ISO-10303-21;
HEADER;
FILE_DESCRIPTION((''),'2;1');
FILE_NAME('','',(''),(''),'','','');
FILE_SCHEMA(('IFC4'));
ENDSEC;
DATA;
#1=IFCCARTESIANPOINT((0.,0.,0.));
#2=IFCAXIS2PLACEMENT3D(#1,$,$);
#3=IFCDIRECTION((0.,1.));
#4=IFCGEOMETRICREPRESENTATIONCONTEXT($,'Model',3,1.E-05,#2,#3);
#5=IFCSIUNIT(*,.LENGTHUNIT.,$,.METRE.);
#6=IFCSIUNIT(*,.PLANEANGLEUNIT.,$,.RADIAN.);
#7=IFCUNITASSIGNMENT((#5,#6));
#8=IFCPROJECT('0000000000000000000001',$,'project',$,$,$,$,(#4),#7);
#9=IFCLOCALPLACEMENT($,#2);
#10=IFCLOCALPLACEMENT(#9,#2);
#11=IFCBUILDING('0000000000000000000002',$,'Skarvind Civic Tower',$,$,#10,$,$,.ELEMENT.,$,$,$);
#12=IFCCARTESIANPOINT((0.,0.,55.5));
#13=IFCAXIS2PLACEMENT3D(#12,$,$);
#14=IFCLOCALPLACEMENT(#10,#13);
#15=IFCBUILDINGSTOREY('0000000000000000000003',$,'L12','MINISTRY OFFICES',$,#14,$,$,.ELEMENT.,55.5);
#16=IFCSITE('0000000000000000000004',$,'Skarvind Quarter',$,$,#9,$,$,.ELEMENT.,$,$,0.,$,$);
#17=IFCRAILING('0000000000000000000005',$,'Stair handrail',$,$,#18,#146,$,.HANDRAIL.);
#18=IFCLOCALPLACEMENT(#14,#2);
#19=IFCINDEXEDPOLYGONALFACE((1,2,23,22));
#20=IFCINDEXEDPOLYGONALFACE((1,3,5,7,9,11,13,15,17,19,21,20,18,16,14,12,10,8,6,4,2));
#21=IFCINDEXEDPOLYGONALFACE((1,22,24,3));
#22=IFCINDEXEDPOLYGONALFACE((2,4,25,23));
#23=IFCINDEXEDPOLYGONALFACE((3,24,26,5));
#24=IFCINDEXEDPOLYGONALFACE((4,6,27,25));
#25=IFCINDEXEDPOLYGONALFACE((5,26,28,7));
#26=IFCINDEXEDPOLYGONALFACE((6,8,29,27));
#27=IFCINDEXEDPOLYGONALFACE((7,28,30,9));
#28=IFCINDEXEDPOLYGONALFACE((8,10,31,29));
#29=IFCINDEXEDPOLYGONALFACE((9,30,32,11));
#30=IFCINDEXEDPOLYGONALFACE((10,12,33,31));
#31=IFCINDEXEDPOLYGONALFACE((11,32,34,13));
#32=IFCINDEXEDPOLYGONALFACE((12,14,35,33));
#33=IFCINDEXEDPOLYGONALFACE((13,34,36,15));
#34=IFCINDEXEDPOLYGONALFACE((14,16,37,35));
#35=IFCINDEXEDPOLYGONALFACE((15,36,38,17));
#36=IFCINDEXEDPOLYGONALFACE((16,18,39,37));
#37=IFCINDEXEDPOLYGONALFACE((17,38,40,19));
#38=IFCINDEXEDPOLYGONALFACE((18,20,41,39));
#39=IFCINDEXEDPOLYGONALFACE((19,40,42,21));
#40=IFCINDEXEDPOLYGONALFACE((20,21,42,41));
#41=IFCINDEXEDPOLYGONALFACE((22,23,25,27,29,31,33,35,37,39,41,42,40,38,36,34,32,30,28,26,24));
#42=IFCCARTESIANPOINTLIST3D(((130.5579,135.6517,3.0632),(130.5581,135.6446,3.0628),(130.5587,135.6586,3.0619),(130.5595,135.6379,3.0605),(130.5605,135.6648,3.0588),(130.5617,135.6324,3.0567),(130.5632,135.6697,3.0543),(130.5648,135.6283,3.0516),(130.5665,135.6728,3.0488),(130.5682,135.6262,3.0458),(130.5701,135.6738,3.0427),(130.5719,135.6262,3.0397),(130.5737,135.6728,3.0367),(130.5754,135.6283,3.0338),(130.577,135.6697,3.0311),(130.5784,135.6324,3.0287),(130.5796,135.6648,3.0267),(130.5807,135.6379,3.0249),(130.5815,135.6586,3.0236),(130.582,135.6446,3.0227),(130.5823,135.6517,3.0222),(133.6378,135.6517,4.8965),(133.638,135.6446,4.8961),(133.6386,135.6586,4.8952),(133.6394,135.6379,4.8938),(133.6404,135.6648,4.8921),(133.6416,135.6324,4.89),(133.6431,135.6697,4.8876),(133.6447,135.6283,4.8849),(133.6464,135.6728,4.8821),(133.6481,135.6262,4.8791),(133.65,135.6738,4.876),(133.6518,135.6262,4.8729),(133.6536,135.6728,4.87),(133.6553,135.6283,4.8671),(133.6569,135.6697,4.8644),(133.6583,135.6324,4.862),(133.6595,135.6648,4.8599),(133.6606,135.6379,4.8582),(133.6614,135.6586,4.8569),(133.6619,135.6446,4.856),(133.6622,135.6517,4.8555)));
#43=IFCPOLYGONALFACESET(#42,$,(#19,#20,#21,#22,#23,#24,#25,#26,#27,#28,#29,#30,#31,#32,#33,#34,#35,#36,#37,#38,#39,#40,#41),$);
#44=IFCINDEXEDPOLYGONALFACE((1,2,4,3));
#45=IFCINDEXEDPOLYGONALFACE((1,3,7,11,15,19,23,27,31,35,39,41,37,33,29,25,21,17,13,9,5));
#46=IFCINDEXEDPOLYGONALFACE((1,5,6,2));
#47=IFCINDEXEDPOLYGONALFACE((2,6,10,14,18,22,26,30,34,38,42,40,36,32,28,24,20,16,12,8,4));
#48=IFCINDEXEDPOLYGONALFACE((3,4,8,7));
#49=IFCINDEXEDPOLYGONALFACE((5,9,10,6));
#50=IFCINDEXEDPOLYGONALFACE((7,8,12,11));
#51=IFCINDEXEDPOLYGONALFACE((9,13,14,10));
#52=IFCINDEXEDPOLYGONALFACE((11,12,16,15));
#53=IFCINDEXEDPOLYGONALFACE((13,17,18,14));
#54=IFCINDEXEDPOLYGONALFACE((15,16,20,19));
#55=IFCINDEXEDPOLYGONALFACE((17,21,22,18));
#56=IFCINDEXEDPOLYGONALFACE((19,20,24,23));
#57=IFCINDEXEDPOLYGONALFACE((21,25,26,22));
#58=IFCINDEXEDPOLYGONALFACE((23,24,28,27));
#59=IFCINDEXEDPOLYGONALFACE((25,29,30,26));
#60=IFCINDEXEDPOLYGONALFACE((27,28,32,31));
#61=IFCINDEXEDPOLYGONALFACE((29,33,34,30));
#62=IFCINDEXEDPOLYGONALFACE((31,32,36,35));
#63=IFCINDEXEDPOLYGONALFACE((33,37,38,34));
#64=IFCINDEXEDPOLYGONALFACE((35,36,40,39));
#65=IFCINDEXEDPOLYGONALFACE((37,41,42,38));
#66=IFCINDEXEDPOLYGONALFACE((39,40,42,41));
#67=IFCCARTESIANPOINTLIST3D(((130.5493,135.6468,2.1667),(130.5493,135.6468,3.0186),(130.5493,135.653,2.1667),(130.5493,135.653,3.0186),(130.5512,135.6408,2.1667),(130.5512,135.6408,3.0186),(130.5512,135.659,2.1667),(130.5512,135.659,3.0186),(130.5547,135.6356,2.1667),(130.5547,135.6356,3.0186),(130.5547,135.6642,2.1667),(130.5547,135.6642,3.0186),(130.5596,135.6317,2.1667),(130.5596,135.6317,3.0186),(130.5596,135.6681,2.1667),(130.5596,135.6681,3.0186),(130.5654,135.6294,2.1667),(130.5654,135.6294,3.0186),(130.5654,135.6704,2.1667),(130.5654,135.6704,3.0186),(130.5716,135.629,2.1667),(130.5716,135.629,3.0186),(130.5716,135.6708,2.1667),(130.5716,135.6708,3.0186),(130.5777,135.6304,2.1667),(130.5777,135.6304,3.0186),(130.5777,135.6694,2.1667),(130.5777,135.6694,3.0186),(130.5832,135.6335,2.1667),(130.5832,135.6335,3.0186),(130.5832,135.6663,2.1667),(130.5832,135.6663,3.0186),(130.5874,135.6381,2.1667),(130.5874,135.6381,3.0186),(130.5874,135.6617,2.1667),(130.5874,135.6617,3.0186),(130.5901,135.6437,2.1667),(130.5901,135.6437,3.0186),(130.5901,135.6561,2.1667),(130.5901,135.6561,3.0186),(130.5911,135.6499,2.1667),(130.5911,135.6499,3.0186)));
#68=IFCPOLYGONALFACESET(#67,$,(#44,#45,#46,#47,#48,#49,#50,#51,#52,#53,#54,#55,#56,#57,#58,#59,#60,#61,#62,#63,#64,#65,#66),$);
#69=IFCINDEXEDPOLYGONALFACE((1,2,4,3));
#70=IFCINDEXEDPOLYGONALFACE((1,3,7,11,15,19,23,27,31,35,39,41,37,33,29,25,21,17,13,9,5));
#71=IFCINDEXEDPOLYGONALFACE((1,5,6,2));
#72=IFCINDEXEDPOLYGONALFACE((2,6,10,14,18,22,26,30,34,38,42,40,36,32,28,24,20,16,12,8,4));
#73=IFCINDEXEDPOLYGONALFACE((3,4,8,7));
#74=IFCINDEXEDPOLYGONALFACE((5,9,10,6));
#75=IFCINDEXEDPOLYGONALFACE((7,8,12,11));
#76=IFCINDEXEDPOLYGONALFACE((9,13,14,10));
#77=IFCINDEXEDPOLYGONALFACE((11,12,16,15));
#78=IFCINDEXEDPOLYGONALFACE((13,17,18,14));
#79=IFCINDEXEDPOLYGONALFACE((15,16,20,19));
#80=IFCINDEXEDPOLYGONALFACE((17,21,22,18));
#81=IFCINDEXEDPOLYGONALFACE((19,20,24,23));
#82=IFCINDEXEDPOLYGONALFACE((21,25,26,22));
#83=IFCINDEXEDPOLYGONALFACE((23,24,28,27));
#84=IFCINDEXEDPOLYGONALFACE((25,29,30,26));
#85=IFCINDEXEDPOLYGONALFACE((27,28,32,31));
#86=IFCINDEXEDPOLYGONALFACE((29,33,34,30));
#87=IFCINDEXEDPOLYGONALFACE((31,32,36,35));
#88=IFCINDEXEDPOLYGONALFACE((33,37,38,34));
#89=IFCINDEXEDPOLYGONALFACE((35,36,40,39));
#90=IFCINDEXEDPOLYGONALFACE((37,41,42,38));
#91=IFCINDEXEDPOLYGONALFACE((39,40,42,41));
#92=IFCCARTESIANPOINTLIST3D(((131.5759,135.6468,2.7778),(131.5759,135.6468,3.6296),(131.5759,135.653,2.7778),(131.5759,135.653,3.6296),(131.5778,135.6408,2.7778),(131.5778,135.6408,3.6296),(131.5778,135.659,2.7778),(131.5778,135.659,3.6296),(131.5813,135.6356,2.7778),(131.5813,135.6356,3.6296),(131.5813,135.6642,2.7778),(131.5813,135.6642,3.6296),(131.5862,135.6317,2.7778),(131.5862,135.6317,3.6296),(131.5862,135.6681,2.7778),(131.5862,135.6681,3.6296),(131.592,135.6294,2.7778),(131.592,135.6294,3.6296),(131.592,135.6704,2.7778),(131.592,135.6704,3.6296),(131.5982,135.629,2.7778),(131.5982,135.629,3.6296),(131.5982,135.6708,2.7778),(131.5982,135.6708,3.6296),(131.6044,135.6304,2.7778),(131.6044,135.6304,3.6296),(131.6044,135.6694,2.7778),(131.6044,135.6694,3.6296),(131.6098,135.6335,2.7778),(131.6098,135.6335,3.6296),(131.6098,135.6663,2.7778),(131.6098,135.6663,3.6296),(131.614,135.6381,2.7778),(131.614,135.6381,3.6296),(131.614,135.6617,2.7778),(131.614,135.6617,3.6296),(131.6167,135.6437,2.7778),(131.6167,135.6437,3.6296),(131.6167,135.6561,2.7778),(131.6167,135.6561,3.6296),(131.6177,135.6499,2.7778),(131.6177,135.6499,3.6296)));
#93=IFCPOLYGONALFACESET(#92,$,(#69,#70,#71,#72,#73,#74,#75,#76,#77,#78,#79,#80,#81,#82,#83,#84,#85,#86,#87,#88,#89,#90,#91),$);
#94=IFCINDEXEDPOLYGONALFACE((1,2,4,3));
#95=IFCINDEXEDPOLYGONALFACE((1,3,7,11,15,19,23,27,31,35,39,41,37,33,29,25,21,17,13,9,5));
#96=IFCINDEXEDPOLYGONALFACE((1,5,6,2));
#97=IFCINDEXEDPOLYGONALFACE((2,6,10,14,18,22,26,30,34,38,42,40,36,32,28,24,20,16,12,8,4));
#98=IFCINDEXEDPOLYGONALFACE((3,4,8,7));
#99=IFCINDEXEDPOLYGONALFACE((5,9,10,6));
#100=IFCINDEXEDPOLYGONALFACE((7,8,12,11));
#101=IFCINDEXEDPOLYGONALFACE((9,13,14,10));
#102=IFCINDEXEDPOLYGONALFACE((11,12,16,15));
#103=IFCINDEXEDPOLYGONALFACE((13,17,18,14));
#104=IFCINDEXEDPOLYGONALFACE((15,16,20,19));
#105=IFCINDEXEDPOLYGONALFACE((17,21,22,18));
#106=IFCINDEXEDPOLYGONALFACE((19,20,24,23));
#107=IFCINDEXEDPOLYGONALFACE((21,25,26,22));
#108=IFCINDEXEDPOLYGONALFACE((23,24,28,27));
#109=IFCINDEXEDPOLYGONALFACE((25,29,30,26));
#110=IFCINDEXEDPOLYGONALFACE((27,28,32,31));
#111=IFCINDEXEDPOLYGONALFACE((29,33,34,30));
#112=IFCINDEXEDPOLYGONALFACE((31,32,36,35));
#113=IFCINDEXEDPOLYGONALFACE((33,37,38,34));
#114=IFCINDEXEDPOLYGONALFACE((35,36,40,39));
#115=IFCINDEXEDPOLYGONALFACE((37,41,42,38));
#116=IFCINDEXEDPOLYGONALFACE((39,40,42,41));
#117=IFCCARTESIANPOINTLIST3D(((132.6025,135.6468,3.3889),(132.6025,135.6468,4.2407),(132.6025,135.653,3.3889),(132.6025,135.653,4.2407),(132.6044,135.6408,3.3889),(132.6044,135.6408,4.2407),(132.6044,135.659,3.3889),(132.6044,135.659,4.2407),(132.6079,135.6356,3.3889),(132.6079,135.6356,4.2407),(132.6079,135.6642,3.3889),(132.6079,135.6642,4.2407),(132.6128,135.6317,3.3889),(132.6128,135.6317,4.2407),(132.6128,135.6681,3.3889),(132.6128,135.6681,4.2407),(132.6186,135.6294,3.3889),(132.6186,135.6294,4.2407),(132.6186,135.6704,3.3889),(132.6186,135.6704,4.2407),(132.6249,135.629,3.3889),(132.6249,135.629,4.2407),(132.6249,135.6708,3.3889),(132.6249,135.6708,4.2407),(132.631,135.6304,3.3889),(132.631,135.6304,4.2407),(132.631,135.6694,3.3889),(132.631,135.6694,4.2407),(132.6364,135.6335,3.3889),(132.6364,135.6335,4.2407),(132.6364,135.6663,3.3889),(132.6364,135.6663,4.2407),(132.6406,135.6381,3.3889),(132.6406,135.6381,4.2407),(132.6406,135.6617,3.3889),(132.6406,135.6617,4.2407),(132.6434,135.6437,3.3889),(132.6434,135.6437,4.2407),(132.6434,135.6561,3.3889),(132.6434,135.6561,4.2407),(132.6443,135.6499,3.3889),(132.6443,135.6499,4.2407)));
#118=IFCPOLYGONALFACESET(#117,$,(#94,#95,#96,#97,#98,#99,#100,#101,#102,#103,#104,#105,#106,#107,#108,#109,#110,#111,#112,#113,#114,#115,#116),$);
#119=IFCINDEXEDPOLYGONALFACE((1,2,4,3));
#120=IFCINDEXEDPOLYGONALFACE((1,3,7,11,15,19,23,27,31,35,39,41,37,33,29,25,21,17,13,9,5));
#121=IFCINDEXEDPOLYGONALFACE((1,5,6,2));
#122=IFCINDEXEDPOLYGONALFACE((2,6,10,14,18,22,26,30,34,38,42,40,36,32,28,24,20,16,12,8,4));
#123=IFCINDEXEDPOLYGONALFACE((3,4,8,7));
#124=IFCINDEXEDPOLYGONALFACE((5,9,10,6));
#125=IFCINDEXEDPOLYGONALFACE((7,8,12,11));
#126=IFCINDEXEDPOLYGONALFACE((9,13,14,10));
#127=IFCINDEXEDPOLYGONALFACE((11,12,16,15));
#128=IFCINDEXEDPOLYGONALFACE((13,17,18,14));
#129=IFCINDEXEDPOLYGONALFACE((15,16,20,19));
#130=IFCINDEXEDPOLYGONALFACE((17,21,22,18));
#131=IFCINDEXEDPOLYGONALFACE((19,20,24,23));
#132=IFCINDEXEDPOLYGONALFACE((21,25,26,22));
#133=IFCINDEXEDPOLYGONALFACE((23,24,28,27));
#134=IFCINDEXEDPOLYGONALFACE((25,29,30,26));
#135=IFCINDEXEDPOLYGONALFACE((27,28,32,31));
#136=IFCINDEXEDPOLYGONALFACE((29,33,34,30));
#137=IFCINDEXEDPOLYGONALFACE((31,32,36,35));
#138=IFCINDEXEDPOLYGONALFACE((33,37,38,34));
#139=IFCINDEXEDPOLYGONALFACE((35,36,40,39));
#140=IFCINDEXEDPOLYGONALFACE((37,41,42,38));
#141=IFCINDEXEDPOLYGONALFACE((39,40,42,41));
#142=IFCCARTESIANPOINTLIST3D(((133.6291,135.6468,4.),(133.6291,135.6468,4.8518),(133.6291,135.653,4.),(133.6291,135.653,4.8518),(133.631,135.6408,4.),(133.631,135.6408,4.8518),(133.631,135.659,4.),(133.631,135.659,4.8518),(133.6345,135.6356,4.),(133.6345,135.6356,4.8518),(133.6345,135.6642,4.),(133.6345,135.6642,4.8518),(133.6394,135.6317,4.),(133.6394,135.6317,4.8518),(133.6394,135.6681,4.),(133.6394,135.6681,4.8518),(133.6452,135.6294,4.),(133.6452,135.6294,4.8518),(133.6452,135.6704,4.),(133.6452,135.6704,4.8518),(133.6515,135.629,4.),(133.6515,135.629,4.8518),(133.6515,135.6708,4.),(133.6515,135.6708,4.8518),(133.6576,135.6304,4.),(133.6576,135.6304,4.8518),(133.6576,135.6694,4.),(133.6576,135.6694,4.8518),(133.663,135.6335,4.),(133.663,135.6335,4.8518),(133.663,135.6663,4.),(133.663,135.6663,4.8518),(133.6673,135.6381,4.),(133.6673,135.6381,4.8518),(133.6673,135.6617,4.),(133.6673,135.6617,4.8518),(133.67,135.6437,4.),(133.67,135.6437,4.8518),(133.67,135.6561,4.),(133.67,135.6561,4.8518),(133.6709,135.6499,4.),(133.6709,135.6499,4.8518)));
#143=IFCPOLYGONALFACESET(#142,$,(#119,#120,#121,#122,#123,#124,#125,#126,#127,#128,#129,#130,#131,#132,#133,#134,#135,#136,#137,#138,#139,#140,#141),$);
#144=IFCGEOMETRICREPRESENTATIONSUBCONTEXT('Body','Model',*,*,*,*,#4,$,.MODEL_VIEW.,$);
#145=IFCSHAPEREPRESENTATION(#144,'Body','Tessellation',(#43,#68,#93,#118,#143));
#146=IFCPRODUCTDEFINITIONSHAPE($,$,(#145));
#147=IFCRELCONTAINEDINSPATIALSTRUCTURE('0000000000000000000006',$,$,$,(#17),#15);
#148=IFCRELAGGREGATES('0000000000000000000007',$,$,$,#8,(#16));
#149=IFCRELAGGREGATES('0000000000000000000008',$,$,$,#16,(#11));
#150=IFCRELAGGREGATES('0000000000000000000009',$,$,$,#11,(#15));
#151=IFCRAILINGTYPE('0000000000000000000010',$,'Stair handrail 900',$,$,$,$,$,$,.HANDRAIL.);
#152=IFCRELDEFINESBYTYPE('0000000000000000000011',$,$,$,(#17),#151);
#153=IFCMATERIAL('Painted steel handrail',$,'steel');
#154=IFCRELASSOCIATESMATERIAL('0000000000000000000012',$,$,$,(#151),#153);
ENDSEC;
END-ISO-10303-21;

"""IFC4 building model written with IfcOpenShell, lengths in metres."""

from ifc_helpers import new_model, si_unit, direction, frame, origin, origin_2d, place, context, subcontext, project, spatial, circle, extrude, material, type_object, element, save


model = new_model("IFC4")

# Units and contexts
model_context = context("Model", 3, precision=1e-05, world=origin(), true_north=direction((0.0, 1.0)))
body_context = subcontext(model_context, "Body", "Model", "MODEL_VIEW")
ifc_project = project(units=[si_unit("LENGTHUNIT", "METRE"), si_unit("PLANEANGLEUNIT", "RADIAN")], contexts=[model_context])

# Site, building, storey
site_placement = place(None, origin())
site = spatial("IfcSite", under=ifc_project, at=site_placement, Name="Skarvind Quarter", CompositionType="ELEMENT", RefElevation=0.0)
building_placement = place(site_placement, origin())
building = spatial("IfcBuilding", under=site, at=building_placement, Name="Skarvind Civic Tower", CompositionType="ELEMENT")
storey_placement = place(building_placement, frame((0.0, 0.0, 55.5)))
storey = spatial("IfcBuildingStorey", under=building, at=storey_placement, Name="L12", Description="MINISTRY OFFICES", CompositionType="ELEMENT", Elevation=55.5)

# Railing
ifc_material_1 = material(Name="Painted steel handrail", Category="steel")
railing_type = type_object("IfcRailingType", Name="Stair handrail 900", PredefinedType="HANDRAIL", material=ifc_material_1)
railing_1_placement = place(storey_placement, frame((130.5701, 135.6499, 2.1667)))
element("IfcRailing", 1, at=railing_1_placement, inside=storey, type_object=railing_type, Name="Stair handrail", PredefinedType="HANDRAIL", context=body_context, shape_type="SweptSolid", body=[
    extrude(circle(Radius=0.0239, at=origin_2d()), frame((0.0, 0.0, 0.876), z_axis=(0.859291, 0.0, 0.511487), x_axis=(0.0, 1.0, 0.0)), (0.0, 0.0, 1.0), 3.5842),
    extrude(circle(Radius=0.021, at=origin_2d()), origin(), (0.0, 0.0, 1.0), 0.8518),
    extrude(circle(Radius=0.021, at=origin_2d()), frame((1.0266, 0.0, 0.6111)), (0.0, 0.0, 1.0), 0.8518),
    extrude(circle(Radius=0.021, at=origin_2d()), frame((2.0532, 0.0, 1.2222)), (0.0, 0.0, 1.0), 0.8518),
    extrude(circle(Radius=0.021, at=origin_2d()), frame((3.0798, 0.0, 1.8333)), (0.0, 0.0, 1.0), 0.8518),
])

save(model, "model.ifc")
